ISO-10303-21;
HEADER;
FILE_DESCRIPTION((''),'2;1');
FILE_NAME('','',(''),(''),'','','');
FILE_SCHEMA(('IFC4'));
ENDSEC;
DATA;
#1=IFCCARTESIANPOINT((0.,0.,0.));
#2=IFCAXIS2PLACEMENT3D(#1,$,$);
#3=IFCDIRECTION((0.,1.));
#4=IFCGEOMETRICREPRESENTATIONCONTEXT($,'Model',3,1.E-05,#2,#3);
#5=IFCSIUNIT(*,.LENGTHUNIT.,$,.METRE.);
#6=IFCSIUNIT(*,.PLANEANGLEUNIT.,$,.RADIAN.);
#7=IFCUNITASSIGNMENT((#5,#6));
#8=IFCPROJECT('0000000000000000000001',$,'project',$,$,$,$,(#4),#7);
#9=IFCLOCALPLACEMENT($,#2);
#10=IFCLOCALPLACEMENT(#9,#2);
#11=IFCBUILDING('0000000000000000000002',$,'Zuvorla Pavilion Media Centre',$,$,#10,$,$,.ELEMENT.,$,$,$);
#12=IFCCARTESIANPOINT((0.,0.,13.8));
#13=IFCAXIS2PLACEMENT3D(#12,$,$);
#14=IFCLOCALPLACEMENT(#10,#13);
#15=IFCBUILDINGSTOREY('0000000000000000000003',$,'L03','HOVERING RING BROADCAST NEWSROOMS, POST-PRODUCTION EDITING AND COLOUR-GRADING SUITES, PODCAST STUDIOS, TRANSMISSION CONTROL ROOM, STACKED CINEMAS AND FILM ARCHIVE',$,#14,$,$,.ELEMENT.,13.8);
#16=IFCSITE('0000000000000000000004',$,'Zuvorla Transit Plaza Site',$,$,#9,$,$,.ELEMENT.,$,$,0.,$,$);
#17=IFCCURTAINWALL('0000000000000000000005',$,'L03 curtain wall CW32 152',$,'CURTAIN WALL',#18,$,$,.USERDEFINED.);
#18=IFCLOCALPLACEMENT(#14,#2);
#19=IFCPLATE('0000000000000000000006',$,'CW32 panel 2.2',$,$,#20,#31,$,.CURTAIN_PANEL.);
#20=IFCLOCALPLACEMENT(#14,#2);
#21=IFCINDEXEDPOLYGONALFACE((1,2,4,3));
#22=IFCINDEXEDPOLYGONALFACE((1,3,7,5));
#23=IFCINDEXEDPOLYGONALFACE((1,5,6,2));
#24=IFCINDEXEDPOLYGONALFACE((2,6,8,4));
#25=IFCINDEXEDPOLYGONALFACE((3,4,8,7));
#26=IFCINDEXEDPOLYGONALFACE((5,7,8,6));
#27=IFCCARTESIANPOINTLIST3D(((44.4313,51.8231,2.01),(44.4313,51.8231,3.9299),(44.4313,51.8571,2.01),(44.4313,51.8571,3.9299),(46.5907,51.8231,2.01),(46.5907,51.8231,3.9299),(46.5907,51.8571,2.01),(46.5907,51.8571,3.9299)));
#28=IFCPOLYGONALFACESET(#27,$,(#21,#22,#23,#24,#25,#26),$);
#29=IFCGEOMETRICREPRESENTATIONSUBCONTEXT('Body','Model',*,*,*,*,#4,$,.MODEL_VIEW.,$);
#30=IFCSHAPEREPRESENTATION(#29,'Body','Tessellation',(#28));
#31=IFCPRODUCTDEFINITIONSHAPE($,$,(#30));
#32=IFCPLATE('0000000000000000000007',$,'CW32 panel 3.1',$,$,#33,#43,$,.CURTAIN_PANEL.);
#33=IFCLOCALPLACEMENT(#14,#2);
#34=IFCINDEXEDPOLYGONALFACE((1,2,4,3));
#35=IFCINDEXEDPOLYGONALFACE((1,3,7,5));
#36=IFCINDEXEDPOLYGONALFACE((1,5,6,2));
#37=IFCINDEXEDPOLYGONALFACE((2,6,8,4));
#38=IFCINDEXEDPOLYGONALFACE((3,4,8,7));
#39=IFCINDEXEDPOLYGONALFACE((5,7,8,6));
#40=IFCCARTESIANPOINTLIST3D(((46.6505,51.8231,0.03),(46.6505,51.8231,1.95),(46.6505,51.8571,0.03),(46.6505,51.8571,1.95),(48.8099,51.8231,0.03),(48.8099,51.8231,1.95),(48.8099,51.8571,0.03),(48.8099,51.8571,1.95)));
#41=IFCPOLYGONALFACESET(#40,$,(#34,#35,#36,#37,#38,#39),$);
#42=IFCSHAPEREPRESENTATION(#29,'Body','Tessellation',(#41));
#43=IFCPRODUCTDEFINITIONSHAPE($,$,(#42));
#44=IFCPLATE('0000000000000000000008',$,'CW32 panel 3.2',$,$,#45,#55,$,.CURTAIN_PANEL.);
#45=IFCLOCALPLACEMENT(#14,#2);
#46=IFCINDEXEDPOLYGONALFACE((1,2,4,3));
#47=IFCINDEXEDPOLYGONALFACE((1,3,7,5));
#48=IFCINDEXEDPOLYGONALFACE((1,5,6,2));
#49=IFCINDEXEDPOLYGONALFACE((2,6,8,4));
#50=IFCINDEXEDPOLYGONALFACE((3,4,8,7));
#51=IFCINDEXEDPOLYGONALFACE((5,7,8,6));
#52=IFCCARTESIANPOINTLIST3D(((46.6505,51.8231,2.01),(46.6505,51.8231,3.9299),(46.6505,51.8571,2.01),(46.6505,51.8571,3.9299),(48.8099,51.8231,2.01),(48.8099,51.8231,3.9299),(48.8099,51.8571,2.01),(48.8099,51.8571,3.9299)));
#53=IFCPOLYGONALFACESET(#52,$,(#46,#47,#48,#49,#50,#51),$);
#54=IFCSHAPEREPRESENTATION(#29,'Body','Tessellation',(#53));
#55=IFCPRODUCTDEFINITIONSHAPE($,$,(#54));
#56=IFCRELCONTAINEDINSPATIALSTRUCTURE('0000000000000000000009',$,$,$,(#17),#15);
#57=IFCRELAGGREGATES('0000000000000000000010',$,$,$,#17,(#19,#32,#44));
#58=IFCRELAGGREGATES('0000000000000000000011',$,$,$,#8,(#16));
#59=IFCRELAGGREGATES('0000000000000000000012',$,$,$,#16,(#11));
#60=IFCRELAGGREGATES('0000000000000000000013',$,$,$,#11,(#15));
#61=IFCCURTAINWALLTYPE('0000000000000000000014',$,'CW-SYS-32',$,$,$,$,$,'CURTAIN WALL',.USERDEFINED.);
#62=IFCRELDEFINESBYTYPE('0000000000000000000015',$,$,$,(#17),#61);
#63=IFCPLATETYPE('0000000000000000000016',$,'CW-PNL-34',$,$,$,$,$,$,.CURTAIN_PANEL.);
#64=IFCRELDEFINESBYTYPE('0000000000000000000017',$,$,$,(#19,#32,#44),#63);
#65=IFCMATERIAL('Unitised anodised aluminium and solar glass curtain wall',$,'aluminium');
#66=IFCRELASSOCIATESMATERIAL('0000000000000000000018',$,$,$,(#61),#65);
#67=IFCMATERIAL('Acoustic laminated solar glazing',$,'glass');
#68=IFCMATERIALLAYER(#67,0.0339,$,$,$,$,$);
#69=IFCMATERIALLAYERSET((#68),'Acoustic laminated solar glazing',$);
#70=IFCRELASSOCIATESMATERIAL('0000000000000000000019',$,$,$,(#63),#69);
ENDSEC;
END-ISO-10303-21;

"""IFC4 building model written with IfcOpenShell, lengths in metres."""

from ifc_helpers import new_model, si_unit, direction, frame, origin, origin_2d, place, context, subcontext, project, spatial, rectangle, extrude, material, layer, layer_set, type_object, element, aggregate, save


model = new_model("IFC4")

# Units and contexts
model_context = context("Model", 3, precision=1e-05, world=origin(), true_north=direction((0.0, 1.0)))
body_context = subcontext(model_context, "Body", "Model", "MODEL_VIEW")
ifc_project = project(units=[si_unit("LENGTHUNIT", "METRE"), si_unit("PLANEANGLEUNIT", "RADIAN")], contexts=[model_context])

# Site, building, storey
site_placement = place(None, origin())
site = spatial("IfcSite", under=ifc_project, at=site_placement, Name="Zuvorla Transit Plaza Site", CompositionType="ELEMENT", RefElevation=0.0)
building_placement = place(site_placement, origin())
building = spatial("IfcBuilding", under=site, at=building_placement, Name="Zuvorla Pavilion Media Centre", CompositionType="ELEMENT")
storey_placement = place(building_placement, frame((0.0, 0.0, 13.8)))
storey = spatial("IfcBuildingStorey", under=building, at=storey_placement, Name="L03", Description="HOVERING RING BROADCAST NEWSROOMS, POST-PRODUCTION EDITING AND COLOUR-GRADING SUITES, PODCAST STUDIOS, TRANSMISSION CONTROL ROOM, STACKED CINEMAS AND FILM ARCHIVE", CompositionType="ELEMENT", Elevation=13.8)

# Curtain wall
ifc_material_1 = material(Name="Unitised anodised aluminium and solar glass curtain wall", Category="aluminium")
curtain_wall_type_1 = type_object("IfcCurtainWallType", Name="CW-SYS-32", ElementType="CURTAIN WALL", PredefinedType="USERDEFINED", material=ifc_material_1)
curtain_wall_1_placement = place(storey_placement, origin())
curtain_wall_1 = element("IfcCurtainWall", 1, at=curtain_wall_1_placement, inside=storey, type_object=curtain_wall_type_1, Name="L03 curtain wall CW32 152", ObjectType="CURTAIN WALL", PredefinedType="USERDEFINED")

# Plates
ifc_material_2 = material(Name="Acoustic laminated solar glazing", Category="glass")
ifc_layer_1 = layer(ifc_material_2, 0.0339)
ifc_layer_set_1 = layer_set([ifc_layer_1], Name="Acoustic laminated solar glazing")
plate_type_1 = type_object("IfcPlateType", Name="CW-PNL-34", PredefinedType="CURTAIN_PANEL", material=ifc_layer_set_1)
plate_1_placement = place(storey_placement, frame((45.511, 51.8401, 2.01), z_axis=(0.0, 0.0, 1.0), x_axis=(1.0, 0.0, 0.0)))
plate_1 = element("IfcPlate", 2, at=plate_1_placement, type_object=plate_type_1, Name="CW32 panel 2.2", PredefinedType="CURTAIN_PANEL", context=body_context, shape_type="SweptSolid", body=[
    extrude(rectangle(XDim=2.1594, YDim=0.0339, at=origin_2d()), origin(), (0.0, 0.0, 1.0), 1.9199),
])
plate_2_placement = place(storey_placement, frame((47.7302, 51.8401, 0.03), z_axis=(0.0, 0.0, 1.0), x_axis=(1.0, 0.0, 0.0)))
plate_2 = element("IfcPlate", 3, at=plate_2_placement, type_object=plate_type_1, Name="CW32 panel 3.1", PredefinedType="CURTAIN_PANEL", context=body_context, shape_type="SweptSolid", body=[
    extrude(rectangle(XDim=2.1594, YDim=0.0339, at=origin_2d()), origin(), (0.0, 0.0, 1.0), 1.9199),
])
plate_3_placement = place(storey_placement, frame((47.7302, 51.8401, 2.01), z_axis=(0.0, 0.0, 1.0), x_axis=(1.0, 0.0, 0.0)))
plate_3 = element("IfcPlate", 4, at=plate_3_placement, type_object=plate_type_1, Name="CW32 panel 3.2", PredefinedType="CURTAIN_PANEL", context=body_context, shape_type="SweptSolid", body=[
    extrude(rectangle(XDim=2.1594, YDim=0.0339, at=origin_2d()), origin(), (0.0, 0.0, 1.0), 1.9199),
])
aggregate(curtain_wall_1, [plate_1, plate_2, plate_3])

save(model, "model.ifc")
